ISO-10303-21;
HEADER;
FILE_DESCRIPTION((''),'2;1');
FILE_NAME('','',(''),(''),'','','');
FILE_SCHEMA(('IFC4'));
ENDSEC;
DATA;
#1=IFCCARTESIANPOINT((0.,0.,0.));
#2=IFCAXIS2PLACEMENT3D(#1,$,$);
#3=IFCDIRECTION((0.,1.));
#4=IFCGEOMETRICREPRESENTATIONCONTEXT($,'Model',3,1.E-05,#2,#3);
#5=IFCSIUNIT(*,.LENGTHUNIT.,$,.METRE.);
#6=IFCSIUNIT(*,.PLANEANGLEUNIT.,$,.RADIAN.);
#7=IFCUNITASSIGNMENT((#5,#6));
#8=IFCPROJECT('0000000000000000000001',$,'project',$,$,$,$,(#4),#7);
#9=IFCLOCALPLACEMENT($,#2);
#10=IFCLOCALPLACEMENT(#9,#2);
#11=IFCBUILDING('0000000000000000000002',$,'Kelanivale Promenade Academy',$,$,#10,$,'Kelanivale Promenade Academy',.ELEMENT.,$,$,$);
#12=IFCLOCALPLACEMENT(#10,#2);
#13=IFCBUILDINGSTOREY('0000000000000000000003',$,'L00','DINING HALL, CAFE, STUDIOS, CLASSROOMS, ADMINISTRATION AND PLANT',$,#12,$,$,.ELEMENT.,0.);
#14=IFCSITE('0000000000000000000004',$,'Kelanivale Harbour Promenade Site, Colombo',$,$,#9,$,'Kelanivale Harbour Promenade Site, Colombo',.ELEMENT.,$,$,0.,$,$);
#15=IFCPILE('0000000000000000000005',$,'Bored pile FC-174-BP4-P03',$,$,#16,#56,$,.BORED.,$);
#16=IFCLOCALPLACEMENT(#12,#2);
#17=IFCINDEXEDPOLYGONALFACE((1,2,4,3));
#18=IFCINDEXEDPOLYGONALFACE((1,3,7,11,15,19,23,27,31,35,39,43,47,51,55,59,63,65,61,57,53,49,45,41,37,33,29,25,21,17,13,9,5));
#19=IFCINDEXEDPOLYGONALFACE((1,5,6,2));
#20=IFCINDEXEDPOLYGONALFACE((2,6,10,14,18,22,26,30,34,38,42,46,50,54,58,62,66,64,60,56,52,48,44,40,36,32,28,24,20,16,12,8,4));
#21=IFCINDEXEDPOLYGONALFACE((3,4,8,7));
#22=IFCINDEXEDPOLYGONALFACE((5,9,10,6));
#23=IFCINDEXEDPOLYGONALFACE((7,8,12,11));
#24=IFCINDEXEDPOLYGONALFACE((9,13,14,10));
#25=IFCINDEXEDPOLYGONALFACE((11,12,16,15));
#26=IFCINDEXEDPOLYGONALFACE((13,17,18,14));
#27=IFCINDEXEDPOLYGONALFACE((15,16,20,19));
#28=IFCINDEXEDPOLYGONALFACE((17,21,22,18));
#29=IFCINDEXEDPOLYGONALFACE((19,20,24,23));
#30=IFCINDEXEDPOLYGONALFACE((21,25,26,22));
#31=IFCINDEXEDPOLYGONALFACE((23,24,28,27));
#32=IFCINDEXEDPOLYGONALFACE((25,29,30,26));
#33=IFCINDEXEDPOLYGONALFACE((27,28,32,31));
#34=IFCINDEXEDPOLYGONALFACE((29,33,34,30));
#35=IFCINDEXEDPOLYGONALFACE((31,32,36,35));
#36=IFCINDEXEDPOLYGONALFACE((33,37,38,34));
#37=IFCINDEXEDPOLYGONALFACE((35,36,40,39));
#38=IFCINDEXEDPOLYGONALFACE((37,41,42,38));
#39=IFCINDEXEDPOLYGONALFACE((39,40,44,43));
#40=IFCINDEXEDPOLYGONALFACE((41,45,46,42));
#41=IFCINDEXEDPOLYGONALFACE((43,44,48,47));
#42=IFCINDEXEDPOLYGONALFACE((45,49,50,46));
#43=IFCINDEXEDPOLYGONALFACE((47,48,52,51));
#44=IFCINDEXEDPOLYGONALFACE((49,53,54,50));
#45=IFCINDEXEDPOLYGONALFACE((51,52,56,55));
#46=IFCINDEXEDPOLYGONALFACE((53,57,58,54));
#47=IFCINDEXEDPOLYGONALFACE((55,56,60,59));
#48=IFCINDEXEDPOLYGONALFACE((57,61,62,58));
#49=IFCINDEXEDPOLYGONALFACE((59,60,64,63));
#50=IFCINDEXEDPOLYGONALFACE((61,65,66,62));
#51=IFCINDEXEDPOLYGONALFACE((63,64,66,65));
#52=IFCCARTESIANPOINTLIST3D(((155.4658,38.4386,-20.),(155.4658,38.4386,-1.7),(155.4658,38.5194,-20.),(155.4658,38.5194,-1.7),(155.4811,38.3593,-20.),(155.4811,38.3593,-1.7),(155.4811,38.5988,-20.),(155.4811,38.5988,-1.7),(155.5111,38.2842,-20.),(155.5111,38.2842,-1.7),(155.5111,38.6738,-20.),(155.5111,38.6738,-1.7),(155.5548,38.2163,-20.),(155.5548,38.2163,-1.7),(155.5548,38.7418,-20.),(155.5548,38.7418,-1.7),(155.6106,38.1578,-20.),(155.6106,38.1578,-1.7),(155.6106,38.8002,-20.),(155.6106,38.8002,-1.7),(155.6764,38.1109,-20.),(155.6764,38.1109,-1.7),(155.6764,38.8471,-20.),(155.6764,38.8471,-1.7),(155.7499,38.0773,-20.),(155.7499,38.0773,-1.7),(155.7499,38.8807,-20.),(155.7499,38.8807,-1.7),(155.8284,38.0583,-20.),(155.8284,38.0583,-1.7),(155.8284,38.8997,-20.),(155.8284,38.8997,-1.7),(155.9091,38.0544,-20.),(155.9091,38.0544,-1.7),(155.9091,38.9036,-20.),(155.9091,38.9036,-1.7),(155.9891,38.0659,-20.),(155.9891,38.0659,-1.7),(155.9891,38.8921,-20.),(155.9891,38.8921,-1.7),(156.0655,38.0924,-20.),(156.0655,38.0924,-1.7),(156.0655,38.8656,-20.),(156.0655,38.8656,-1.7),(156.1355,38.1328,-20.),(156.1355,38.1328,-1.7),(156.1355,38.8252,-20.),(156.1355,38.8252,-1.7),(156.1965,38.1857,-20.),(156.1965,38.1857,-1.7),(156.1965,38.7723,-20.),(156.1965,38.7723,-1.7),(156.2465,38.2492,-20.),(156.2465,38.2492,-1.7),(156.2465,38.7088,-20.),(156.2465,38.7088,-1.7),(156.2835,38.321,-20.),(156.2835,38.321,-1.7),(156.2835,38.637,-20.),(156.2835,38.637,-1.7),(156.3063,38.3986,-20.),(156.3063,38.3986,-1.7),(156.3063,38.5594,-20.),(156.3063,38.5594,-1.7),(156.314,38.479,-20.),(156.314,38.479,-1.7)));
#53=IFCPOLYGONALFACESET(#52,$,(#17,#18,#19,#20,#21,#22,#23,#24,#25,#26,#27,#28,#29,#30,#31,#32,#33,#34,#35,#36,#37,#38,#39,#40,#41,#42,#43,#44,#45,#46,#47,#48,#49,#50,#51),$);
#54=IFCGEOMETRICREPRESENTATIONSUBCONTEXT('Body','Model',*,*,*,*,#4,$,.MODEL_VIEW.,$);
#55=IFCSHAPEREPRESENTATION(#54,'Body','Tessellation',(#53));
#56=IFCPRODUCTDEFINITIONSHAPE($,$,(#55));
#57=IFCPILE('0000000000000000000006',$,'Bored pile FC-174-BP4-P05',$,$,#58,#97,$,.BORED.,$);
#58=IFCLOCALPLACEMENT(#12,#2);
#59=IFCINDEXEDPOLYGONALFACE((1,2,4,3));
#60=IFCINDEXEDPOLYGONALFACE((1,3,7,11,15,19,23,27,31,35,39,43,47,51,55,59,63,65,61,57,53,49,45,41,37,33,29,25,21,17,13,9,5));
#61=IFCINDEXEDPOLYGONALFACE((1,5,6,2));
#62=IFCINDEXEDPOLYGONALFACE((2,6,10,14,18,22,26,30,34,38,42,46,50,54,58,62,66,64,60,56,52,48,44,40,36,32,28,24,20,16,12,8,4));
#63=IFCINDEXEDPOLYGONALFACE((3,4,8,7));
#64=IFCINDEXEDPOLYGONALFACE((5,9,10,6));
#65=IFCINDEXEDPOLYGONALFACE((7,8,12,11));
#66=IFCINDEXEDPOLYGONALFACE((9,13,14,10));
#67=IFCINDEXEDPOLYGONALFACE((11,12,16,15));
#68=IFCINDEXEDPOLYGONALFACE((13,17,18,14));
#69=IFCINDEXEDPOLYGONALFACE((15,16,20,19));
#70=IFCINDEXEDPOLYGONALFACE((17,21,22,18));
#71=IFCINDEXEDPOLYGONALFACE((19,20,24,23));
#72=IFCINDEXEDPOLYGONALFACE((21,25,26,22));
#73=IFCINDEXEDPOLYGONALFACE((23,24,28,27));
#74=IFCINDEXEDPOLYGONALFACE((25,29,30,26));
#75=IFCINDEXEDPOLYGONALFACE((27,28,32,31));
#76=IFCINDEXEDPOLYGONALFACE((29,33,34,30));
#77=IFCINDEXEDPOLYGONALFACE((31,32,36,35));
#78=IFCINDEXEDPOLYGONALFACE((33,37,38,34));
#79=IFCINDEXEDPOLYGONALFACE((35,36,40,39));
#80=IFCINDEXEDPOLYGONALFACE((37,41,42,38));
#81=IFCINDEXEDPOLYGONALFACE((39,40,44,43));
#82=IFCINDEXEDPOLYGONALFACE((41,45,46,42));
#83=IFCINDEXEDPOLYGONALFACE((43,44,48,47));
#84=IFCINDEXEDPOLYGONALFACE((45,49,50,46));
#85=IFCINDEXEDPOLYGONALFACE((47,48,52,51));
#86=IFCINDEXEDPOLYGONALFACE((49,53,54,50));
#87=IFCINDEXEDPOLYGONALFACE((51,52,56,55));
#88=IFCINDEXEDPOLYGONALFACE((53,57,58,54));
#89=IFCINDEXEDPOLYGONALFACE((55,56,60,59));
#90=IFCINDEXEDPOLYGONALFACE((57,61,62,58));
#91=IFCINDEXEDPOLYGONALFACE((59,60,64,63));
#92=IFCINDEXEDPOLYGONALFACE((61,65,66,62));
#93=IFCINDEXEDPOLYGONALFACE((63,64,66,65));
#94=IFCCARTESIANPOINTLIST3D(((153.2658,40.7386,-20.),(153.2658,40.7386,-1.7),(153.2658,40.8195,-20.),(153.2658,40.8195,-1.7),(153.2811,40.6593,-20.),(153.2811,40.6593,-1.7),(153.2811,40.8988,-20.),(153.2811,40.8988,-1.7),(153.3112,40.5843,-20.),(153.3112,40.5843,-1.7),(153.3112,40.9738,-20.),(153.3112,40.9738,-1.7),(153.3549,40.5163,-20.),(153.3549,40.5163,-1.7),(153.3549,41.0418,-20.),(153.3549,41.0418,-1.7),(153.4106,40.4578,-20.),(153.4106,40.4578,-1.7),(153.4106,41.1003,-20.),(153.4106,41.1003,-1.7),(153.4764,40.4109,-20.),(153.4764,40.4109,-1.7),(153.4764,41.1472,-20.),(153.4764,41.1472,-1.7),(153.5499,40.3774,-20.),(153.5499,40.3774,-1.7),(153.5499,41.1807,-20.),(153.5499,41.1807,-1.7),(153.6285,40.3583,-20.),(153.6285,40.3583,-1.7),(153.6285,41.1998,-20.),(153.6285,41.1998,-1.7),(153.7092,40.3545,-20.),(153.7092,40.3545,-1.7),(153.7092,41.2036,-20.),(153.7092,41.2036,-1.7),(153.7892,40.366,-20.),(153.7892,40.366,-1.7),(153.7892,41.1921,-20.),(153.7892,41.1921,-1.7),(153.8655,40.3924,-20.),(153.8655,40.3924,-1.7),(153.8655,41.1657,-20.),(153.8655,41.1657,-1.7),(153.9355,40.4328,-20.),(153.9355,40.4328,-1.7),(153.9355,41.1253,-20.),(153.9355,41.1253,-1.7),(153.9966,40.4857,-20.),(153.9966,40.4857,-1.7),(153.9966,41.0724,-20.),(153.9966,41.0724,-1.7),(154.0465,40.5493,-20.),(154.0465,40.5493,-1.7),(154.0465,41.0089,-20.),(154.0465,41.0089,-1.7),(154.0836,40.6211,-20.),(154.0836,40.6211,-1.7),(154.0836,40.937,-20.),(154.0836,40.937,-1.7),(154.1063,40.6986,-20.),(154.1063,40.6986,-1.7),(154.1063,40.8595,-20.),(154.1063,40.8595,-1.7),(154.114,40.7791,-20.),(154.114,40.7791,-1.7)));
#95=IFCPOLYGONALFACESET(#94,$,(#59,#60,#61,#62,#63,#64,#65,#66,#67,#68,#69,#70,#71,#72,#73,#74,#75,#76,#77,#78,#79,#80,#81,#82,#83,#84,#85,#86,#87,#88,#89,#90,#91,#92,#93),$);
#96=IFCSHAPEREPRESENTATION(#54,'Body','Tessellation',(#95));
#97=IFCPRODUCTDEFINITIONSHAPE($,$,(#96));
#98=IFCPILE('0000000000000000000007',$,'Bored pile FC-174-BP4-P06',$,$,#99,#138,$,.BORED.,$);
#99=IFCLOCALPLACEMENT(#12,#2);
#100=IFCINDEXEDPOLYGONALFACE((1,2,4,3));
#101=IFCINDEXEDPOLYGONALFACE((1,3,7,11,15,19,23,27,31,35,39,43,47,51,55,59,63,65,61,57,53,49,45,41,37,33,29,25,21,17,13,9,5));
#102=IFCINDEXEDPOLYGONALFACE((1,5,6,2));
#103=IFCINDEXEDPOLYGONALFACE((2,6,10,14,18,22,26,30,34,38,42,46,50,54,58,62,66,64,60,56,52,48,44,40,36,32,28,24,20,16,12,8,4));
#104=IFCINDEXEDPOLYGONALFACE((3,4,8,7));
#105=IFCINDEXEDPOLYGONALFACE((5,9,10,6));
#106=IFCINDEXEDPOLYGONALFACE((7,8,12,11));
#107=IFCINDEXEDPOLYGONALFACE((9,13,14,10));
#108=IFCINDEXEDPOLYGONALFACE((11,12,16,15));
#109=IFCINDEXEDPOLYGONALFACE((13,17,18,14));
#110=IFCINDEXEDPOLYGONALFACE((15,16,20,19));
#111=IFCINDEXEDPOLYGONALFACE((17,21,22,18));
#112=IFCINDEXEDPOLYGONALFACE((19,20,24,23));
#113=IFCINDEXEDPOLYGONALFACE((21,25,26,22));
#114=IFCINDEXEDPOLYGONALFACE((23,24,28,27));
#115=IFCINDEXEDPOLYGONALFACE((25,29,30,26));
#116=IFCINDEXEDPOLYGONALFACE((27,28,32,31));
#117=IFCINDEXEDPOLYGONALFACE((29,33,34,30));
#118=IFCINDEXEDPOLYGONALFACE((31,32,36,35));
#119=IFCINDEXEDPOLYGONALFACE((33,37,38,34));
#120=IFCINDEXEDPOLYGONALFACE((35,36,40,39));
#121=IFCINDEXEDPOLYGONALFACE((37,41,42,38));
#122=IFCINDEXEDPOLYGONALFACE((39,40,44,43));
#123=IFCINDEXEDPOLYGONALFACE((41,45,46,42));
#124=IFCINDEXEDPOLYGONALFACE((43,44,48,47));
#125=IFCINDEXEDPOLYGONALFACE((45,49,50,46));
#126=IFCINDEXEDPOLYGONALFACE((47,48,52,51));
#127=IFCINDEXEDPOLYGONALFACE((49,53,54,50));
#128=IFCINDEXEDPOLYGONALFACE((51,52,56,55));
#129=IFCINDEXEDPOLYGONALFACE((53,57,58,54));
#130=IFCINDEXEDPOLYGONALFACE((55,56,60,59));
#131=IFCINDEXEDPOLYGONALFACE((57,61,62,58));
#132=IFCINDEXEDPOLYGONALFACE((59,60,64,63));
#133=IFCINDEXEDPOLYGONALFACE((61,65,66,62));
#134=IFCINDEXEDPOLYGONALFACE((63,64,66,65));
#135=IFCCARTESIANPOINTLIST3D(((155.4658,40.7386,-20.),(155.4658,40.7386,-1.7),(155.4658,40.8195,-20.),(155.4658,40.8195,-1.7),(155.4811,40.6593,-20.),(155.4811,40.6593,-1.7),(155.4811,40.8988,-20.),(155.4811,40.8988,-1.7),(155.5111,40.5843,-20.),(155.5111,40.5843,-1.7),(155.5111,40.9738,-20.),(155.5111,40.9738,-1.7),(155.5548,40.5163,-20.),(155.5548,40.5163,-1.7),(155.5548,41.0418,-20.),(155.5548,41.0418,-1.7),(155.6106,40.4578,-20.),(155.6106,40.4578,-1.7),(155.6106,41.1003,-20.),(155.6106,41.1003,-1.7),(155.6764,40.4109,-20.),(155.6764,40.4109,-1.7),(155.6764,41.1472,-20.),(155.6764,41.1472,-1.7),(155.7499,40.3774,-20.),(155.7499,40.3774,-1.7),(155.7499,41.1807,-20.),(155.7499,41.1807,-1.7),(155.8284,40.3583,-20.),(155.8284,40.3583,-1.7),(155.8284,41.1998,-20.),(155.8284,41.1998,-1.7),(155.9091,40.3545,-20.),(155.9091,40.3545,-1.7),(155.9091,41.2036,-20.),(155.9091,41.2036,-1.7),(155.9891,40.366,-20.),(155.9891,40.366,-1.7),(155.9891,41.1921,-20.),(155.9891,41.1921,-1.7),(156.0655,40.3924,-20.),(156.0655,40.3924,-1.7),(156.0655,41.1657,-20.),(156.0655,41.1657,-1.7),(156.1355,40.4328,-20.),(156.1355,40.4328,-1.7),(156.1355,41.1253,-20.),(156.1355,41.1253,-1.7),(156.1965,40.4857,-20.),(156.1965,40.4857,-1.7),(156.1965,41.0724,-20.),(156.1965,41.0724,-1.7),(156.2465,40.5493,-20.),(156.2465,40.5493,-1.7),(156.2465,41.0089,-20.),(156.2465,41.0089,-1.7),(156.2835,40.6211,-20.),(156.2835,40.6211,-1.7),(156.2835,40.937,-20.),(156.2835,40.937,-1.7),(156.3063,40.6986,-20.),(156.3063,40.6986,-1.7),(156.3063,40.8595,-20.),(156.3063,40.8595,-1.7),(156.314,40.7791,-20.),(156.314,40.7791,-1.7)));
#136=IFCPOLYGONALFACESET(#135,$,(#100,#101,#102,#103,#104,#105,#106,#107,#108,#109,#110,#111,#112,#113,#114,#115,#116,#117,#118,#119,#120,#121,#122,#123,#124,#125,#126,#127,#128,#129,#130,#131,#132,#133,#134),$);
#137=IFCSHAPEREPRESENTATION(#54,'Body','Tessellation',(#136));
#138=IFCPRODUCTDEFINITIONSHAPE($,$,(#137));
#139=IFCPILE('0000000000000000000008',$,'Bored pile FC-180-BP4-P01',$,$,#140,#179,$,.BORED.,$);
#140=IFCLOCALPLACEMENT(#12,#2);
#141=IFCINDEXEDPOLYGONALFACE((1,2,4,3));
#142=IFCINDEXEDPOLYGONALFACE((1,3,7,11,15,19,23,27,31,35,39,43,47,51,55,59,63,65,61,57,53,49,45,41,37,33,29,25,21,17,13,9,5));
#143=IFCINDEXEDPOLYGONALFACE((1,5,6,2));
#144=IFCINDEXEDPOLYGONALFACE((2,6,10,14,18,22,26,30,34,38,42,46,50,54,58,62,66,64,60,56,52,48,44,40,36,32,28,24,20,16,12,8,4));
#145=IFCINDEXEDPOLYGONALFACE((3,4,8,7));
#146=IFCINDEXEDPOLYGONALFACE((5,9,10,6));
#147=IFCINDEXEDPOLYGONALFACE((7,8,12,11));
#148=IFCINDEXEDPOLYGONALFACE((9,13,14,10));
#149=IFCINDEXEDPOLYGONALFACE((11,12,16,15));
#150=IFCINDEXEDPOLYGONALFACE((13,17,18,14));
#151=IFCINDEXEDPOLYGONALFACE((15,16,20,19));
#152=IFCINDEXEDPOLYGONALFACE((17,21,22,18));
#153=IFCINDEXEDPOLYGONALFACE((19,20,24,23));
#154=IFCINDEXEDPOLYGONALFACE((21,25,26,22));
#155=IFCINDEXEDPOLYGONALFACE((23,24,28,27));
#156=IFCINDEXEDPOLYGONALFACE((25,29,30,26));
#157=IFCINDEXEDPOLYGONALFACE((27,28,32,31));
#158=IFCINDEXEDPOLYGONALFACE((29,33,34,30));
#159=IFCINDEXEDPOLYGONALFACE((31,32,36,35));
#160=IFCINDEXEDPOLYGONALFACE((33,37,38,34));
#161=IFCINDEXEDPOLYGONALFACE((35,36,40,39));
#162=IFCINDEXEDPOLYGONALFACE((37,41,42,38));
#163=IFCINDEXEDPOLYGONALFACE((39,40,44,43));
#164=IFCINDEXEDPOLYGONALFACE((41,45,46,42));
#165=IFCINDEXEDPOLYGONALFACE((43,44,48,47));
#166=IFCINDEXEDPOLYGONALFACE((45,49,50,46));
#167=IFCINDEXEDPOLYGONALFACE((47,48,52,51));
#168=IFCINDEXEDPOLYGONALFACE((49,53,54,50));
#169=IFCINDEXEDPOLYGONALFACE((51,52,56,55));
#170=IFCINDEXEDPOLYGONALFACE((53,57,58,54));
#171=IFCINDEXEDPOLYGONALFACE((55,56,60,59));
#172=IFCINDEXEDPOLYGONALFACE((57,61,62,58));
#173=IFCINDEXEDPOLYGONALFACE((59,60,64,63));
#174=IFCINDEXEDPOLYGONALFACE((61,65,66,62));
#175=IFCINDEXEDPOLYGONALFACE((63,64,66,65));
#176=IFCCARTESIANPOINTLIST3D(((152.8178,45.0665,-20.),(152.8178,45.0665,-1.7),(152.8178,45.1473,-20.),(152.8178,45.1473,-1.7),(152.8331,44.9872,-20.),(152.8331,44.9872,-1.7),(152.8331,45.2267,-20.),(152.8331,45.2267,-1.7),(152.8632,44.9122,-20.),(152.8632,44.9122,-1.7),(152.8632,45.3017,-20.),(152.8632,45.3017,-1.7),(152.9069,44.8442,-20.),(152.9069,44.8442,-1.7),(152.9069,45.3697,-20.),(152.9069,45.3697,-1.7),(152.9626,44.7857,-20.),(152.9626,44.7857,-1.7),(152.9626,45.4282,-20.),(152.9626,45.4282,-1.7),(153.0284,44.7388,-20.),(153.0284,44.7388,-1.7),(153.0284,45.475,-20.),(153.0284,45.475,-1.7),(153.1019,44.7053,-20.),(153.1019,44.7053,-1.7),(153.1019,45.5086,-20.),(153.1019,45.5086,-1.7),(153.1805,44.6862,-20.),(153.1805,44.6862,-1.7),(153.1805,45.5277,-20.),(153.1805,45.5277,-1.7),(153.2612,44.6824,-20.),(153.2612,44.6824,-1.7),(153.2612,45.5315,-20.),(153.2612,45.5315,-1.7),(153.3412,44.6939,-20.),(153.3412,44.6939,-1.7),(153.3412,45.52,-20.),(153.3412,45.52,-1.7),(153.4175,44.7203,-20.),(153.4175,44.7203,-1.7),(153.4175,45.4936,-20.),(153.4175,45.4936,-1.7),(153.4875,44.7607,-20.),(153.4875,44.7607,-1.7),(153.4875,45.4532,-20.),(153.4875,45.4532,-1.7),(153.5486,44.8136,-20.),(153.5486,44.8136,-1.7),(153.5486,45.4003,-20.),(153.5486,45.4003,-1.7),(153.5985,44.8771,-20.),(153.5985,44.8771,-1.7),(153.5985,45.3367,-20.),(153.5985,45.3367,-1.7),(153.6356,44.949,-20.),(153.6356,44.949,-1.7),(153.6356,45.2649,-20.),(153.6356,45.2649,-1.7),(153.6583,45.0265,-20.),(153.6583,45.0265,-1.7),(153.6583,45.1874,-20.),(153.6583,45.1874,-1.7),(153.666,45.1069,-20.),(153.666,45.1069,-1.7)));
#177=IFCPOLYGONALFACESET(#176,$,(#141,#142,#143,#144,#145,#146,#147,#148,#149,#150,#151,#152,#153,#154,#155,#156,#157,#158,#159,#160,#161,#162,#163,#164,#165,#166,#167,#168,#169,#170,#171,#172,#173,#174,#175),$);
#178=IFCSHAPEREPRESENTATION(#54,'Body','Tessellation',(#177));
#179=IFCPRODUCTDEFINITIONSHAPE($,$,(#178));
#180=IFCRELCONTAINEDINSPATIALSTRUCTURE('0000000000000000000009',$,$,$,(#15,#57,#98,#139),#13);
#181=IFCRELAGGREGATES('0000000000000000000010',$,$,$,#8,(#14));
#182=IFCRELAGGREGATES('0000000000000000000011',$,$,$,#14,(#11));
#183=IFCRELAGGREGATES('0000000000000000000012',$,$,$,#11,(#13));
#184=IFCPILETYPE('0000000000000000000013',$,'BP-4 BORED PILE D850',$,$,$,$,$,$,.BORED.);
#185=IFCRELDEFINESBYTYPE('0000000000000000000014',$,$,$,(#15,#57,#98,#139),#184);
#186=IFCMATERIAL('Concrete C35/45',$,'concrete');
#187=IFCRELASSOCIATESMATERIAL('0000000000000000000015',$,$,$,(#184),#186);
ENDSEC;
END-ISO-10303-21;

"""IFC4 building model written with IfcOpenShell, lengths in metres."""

from ifc_helpers import new_model, si_unit, direction, frame, origin, origin_2d, place, context, subcontext, project, spatial, circle, extrude, material, material_profile, profile_set, type_object, element, save


model = new_model("IFC4")

# Units and contexts
model_context = context("Model", 3, precision=1e-05, world=origin(), true_north=direction((0.0, 1.0)))
body_context = subcontext(model_context, "Body", "Model", "MODEL_VIEW")
ifc_project = project(units=[si_unit("LENGTHUNIT", "METRE"), si_unit("PLANEANGLEUNIT", "RADIAN")], contexts=[model_context])

# Site, building, storey
site_placement = place(None, origin())
site = spatial("IfcSite", under=ifc_project, at=site_placement, Name="Kelanivale Harbour Promenade Site, Colombo", LongName="Kelanivale Harbour Promenade Site, Colombo", CompositionType="ELEMENT", RefElevation=0.0)
building_placement = place(site_placement, origin())
building = spatial("IfcBuilding", under=site, at=building_placement, Name="Kelanivale Promenade Academy", LongName="Kelanivale Promenade Academy", CompositionType="ELEMENT")
storey_placement = place(building_placement, origin())
storey = spatial("IfcBuildingStorey", under=building, at=storey_placement, Name="L00", Description="DINING HALL, CAFE, STUDIOS, CLASSROOMS, ADMINISTRATION AND PLANT", CompositionType="ELEMENT", Elevation=0.0)

# Piles
ifc_material_1 = material(Name="Concrete C35/45", Category="concrete")
ifc_material_profile_1 = material_profile(ifc_material_1, circle(Radius=0.425, at=origin_2d()), Name="BORED PILE D850")
ifc_profile_set_1 = profile_set([ifc_material_profile_1], Name="Concrete C35/45")
pile_type_1 = type_object("IfcPileType", Name="BP-4 BORED PILE D850", PredefinedType="BORED", material=ifc_profile_set_1)
for number, where, z_axis, x_axis, name in (
    (1, (155.8889, 38.479, -1.7), (0.0, 0.0, -1.0), (1.0, 0.0, 0.0), "Bored pile FC-174-BP4-P03"),
    (2, (153.689, 40.7791, -1.7), (0.0, 0.0, -1.0), (1.0, 0.0, 0.0), "Bored pile FC-174-BP4-P05"),
    (3, (155.8889, 40.7791, -1.7), (0.0, 0.0, -1.0), (1.0, 0.0, 0.0), "Bored pile FC-174-BP4-P06"),
    (4, (153.241, 45.1069, -1.7), (0.0, 0.0, -1.0), (1.0, 0.0, 0.0), "Bored pile FC-180-BP4-P01"),
):
    element("IfcPile", number, at=place(storey_placement, frame(where, z_axis=z_axis, x_axis=x_axis)), inside=storey, type_object=pile_type_1, Name=name, PredefinedType="BORED", context=body_context, shape_type="SweptSolid", body=[
        extrude(circle(Radius=0.425, at=origin_2d()), origin(), (0.0, 0.0, 1.0), 18.3),
    ])

save(model, "model.ifc")
